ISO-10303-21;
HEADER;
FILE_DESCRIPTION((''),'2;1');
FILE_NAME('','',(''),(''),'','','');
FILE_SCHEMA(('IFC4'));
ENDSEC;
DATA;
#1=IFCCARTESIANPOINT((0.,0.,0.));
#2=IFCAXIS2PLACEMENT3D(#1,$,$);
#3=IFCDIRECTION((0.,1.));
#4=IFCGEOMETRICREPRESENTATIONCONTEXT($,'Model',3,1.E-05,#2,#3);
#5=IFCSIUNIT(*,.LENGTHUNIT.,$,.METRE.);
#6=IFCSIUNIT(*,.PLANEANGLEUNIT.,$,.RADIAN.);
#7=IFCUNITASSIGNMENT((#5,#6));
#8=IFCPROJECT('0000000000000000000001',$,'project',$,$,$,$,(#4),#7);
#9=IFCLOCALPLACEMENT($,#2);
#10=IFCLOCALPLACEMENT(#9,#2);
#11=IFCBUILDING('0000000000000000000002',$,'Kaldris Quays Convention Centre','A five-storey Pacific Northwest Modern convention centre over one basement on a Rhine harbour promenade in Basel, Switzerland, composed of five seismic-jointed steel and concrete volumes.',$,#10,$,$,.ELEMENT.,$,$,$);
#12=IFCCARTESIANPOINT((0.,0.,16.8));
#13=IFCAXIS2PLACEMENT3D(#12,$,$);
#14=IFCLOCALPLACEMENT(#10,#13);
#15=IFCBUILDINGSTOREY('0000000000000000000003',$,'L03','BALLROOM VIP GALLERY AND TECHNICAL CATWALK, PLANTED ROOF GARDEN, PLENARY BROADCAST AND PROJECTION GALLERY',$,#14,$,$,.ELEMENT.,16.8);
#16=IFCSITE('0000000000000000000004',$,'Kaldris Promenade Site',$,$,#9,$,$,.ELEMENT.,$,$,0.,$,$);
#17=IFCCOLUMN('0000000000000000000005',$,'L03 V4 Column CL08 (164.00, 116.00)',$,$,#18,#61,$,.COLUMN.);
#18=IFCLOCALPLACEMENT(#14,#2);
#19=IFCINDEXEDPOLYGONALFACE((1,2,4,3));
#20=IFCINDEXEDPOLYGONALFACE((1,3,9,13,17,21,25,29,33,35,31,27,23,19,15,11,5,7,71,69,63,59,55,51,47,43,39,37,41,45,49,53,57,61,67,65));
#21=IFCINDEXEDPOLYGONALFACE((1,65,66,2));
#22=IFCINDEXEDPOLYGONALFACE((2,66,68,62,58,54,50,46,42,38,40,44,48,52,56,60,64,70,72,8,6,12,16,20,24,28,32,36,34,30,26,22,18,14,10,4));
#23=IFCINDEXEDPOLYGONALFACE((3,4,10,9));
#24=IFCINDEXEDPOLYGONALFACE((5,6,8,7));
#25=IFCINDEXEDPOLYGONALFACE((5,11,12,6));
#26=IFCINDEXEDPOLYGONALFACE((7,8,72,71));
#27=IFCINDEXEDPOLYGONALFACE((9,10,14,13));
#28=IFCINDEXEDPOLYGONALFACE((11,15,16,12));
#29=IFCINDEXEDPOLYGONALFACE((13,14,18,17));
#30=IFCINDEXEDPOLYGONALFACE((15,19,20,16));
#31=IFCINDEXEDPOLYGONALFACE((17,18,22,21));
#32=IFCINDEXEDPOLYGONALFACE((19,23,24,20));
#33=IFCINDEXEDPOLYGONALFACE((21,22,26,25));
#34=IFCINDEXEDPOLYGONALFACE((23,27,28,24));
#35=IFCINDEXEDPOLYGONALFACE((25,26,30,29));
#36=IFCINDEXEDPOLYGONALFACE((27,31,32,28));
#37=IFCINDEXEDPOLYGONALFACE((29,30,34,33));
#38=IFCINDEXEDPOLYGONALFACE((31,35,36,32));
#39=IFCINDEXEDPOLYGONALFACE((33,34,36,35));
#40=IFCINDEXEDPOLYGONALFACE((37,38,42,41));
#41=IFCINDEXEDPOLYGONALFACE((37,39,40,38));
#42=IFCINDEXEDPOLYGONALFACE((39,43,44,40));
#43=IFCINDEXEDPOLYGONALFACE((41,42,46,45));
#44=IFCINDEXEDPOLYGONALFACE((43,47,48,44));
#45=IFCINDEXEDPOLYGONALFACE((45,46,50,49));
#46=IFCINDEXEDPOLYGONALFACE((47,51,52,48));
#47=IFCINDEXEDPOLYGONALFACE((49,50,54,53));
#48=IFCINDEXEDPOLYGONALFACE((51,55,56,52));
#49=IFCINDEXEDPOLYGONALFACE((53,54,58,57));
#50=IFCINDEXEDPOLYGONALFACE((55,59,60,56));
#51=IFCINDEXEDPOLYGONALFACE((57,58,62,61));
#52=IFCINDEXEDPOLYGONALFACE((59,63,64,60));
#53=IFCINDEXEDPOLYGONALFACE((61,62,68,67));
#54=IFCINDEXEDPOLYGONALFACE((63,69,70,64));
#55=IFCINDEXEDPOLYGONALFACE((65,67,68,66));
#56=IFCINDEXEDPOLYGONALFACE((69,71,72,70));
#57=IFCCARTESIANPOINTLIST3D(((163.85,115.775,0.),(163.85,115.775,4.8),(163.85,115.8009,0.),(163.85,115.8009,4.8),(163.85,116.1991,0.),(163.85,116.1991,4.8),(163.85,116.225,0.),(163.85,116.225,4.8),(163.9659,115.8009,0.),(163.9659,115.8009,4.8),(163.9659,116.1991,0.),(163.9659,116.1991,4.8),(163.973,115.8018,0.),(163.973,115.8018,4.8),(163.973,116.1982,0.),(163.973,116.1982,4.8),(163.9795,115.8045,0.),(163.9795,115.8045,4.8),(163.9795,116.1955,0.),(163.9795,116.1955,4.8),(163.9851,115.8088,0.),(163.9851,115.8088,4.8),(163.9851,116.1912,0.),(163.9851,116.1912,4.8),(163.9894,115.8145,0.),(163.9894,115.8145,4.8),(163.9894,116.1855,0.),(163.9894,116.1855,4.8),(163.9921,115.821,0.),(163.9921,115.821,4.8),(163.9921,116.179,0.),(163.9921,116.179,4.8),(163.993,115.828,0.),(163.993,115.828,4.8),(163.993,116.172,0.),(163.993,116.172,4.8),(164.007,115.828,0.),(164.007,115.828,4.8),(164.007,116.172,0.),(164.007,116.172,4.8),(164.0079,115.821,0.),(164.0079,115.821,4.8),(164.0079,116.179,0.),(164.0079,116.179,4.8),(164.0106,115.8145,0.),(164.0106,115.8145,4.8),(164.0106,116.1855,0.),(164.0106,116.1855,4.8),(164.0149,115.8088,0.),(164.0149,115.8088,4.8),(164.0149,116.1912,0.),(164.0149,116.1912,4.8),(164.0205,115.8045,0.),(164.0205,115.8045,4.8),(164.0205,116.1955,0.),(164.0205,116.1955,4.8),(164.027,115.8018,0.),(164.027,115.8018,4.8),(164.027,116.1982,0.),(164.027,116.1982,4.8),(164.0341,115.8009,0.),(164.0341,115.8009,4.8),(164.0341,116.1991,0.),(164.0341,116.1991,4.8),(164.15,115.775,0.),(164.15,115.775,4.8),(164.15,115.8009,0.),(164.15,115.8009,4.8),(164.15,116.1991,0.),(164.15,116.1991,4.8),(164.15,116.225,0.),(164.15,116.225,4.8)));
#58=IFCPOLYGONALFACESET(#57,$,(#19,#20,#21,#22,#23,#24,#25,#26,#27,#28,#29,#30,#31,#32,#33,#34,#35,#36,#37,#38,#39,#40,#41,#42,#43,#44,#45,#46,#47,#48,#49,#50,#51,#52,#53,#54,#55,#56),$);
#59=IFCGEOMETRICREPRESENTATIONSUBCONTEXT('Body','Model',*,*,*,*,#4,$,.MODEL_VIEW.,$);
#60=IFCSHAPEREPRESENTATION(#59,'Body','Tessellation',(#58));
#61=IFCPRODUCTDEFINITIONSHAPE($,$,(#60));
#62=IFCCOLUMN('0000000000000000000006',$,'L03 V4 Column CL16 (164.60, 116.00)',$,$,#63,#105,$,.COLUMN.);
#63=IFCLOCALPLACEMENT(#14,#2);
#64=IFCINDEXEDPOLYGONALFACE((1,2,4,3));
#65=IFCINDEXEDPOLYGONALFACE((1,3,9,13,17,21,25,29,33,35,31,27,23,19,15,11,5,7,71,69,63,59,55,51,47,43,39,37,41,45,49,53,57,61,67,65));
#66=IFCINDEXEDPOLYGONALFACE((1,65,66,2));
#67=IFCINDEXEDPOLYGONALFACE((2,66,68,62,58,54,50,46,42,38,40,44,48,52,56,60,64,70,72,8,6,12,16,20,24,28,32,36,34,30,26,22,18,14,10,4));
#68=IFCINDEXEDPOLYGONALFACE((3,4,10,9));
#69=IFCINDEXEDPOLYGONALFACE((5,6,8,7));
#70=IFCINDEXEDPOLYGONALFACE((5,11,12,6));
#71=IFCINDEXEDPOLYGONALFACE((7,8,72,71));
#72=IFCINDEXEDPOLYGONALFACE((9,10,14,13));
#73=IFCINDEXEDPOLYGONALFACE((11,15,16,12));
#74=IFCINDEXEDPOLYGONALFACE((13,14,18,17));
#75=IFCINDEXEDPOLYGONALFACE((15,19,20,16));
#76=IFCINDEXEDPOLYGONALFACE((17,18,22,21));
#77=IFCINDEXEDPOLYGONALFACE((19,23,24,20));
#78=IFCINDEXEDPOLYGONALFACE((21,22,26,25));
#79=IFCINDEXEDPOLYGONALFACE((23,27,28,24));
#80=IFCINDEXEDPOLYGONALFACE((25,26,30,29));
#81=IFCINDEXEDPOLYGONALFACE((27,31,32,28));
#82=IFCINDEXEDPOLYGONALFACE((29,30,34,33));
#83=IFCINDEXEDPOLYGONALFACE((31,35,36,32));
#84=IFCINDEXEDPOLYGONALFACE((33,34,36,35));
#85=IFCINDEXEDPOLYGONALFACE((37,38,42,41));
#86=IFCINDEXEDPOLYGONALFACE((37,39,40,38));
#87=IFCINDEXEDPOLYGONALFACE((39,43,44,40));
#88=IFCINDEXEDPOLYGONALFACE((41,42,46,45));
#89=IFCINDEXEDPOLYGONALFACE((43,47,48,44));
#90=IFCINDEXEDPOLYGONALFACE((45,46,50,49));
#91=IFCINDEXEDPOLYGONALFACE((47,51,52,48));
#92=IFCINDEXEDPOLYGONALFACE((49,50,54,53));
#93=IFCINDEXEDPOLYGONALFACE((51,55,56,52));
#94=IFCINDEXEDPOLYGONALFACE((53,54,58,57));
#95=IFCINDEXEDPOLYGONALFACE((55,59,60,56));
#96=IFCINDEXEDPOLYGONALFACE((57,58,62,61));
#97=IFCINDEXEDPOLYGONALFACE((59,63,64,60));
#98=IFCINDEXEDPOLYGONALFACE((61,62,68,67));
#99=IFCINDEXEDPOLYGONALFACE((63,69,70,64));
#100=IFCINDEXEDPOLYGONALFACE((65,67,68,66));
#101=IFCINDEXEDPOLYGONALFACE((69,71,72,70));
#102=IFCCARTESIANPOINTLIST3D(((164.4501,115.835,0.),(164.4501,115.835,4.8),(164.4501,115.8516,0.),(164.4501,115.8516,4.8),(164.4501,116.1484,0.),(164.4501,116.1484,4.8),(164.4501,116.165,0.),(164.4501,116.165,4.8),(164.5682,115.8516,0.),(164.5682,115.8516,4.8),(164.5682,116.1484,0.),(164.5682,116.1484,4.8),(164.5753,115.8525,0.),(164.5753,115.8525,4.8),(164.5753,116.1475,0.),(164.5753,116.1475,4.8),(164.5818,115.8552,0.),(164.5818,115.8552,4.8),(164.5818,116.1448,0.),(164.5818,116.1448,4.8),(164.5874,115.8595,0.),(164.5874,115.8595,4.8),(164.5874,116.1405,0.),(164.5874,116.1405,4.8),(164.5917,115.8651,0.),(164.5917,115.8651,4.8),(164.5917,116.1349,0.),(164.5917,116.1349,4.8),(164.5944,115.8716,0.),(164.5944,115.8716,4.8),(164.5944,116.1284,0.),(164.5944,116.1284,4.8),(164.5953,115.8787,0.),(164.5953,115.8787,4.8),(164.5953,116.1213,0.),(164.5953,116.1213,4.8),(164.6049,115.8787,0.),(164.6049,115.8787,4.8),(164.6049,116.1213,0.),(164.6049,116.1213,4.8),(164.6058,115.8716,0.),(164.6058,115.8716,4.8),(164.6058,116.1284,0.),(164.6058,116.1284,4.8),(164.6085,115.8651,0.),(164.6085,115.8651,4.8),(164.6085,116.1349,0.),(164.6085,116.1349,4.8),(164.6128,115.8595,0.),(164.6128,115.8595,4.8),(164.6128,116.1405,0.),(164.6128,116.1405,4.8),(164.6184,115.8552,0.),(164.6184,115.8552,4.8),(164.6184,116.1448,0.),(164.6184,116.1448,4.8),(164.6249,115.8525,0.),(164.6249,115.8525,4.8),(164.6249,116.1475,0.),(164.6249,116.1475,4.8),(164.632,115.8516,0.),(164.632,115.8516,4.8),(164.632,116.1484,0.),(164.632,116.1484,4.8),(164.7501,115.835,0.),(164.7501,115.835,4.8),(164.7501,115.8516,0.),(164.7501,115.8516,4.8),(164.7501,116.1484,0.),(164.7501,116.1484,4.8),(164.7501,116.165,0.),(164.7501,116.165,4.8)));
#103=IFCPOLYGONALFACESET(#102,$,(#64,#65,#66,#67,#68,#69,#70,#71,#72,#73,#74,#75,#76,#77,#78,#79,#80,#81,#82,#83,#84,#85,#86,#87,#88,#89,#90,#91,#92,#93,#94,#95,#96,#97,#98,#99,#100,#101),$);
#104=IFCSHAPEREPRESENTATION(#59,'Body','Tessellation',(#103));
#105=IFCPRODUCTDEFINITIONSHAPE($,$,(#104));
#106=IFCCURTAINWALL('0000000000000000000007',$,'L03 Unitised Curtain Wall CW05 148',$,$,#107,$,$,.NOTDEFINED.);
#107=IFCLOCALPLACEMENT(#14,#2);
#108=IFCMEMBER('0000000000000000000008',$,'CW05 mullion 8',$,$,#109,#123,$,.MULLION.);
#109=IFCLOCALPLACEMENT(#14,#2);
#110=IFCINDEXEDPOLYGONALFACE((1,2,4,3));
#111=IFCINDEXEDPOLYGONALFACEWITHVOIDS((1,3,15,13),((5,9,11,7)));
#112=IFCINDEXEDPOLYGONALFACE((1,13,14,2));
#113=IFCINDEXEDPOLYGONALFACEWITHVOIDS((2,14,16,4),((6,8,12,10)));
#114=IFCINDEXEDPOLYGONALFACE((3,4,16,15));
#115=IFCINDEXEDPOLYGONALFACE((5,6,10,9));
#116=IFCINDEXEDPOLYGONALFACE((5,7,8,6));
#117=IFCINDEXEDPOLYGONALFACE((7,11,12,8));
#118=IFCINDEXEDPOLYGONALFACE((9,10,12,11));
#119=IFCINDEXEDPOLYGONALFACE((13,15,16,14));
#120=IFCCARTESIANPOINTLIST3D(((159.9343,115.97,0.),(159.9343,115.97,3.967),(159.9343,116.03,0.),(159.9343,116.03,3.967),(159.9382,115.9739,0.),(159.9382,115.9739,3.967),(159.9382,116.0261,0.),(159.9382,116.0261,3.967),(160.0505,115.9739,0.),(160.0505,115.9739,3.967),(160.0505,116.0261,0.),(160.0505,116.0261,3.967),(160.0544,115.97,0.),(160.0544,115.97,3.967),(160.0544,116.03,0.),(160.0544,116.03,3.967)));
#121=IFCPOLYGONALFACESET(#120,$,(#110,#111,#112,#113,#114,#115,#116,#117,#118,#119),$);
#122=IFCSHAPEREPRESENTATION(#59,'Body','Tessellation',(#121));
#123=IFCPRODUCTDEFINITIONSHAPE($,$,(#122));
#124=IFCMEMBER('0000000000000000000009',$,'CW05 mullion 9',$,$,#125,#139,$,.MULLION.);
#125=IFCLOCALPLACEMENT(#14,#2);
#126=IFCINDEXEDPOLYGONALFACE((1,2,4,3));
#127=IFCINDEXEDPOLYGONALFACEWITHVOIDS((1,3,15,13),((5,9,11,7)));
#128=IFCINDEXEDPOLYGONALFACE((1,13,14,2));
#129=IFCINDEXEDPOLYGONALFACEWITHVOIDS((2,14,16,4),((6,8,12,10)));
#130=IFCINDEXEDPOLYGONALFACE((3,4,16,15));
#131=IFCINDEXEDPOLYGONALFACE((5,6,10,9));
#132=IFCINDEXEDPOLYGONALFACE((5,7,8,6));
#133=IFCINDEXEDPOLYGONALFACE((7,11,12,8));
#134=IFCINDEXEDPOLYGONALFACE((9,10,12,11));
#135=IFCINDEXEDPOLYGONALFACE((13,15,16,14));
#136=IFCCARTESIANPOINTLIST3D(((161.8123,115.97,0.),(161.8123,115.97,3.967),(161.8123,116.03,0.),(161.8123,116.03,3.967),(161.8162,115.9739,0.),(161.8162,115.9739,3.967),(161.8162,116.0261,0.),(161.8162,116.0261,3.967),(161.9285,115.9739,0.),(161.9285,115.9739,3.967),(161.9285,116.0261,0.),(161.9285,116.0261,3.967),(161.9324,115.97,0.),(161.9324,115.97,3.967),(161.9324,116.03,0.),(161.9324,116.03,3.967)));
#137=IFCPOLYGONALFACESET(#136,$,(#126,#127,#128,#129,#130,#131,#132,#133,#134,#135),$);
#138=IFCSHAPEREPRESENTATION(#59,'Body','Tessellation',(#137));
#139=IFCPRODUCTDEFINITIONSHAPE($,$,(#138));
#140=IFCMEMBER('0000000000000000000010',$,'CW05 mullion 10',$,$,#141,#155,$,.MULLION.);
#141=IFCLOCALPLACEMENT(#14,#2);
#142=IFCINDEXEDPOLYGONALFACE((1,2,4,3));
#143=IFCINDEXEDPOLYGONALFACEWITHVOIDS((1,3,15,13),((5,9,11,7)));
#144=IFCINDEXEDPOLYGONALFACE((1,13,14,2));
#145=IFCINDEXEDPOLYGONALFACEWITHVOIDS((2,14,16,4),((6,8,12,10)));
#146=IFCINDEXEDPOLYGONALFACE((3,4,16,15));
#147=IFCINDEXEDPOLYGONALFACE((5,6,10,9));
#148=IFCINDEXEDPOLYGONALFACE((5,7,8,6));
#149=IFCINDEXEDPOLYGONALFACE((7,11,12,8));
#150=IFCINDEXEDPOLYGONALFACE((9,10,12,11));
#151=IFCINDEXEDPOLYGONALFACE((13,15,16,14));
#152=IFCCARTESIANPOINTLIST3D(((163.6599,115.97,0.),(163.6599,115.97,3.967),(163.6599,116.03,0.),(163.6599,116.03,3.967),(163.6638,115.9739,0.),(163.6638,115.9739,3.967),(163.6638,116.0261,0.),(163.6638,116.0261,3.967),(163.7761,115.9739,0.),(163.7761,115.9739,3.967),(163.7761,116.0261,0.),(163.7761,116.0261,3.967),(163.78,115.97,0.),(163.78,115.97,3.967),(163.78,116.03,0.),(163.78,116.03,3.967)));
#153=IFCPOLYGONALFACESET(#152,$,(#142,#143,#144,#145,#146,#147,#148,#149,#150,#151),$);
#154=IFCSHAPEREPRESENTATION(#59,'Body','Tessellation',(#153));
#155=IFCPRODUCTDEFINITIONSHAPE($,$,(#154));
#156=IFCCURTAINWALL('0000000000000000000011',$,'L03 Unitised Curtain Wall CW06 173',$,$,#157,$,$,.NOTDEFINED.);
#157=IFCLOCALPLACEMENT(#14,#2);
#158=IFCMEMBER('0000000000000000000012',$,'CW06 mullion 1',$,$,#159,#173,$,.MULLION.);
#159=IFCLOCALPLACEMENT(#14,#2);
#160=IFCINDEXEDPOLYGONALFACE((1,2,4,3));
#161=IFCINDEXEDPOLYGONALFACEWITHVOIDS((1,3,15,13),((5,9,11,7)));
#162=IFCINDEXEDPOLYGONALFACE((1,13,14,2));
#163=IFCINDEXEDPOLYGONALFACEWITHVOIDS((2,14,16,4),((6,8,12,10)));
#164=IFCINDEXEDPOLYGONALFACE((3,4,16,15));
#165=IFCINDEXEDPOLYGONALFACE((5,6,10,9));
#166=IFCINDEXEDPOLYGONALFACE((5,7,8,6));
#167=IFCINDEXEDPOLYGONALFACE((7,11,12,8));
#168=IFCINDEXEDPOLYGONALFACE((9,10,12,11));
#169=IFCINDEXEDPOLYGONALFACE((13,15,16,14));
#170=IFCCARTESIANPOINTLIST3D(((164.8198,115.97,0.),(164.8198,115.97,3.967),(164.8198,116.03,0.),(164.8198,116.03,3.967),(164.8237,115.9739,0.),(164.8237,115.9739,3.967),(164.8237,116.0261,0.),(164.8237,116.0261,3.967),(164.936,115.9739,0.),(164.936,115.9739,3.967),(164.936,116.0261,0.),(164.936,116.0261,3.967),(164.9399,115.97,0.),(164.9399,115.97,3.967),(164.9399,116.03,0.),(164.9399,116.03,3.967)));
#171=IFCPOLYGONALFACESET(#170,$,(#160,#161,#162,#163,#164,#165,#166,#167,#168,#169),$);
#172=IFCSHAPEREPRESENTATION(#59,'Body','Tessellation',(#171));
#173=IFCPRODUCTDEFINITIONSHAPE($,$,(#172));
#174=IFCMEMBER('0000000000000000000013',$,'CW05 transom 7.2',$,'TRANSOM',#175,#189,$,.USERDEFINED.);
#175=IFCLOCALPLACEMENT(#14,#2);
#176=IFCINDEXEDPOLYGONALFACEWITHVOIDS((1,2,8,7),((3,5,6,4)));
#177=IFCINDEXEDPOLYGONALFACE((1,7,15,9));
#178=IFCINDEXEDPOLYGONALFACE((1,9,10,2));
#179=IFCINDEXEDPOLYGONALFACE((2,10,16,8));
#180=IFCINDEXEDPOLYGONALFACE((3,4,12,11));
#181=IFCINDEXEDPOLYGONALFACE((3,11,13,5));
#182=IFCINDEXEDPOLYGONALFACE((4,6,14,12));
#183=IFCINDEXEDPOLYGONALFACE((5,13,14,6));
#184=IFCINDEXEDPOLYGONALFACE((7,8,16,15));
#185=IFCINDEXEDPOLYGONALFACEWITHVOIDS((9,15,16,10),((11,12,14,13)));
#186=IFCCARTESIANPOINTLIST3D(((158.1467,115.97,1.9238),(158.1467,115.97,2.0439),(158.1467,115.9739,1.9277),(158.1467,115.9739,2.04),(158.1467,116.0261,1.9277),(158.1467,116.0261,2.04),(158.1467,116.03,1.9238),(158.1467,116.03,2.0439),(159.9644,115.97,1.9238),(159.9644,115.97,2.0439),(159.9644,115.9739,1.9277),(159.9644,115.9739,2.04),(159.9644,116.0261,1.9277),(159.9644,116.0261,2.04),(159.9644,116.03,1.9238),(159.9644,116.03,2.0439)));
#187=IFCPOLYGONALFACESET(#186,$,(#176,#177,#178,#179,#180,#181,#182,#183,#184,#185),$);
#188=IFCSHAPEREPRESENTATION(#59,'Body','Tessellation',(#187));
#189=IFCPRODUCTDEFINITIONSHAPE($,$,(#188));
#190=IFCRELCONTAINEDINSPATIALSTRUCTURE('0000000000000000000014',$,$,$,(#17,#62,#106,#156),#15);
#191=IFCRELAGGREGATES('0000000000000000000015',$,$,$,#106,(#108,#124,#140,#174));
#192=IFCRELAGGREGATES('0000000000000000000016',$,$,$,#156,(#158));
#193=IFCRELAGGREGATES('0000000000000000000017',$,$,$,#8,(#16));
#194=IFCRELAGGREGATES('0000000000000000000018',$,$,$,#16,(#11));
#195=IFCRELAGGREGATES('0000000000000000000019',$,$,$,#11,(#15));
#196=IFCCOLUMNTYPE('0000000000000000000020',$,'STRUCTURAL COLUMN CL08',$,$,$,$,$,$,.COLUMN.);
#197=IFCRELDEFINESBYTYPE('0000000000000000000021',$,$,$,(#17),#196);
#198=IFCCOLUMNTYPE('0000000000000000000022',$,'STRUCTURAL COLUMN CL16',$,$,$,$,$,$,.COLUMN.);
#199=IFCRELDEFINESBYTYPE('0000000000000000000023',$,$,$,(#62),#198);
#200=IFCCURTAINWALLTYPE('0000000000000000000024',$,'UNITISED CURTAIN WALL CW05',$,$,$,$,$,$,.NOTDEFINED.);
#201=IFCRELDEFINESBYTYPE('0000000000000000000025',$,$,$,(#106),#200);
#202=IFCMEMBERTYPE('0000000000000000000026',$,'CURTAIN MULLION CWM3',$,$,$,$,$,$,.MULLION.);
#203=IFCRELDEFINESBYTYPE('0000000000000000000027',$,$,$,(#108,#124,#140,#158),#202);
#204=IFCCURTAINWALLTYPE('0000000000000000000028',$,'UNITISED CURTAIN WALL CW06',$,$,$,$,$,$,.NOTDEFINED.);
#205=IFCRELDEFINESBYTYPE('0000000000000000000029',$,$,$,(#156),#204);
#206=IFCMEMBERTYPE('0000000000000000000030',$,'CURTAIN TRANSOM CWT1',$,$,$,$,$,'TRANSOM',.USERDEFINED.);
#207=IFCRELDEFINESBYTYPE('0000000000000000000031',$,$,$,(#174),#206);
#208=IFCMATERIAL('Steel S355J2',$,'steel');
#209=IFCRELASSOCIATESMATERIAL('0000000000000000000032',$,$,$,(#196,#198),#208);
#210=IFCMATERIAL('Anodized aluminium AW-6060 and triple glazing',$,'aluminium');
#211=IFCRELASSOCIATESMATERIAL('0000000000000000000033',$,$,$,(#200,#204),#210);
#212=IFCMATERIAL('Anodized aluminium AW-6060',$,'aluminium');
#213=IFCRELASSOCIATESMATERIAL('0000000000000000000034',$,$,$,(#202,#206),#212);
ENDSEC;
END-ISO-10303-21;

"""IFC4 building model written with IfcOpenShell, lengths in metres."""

from ifc_helpers import new_model, si_unit, direction, frame, origin, origin_2d, place, context, subcontext, project, spatial, hollow_rectangle, i_section, extrude, material, material_profile, profile_set, type_object, element, aggregate, save


model = new_model("IFC4")

# Units and contexts
model_context = context("Model", 3, precision=1e-05, world=origin(), true_north=direction((0.0, 1.0)))
body_context = subcontext(model_context, "Body", "Model", "MODEL_VIEW")
ifc_project = project(units=[si_unit("LENGTHUNIT", "METRE"), si_unit("PLANEANGLEUNIT", "RADIAN")], contexts=[model_context])

# Site, building, storey
site_placement = place(None, origin())
site = spatial("IfcSite", under=ifc_project, at=site_placement, Name="Kaldris Promenade Site", CompositionType="ELEMENT", RefElevation=0.0)
building_placement = place(site_placement, origin())
building = spatial("IfcBuilding", under=site, at=building_placement, Name="Kaldris Quays Convention Centre", Description="A five-storey Pacific Northwest Modern convention centre over one basement on a Rhine harbour promenade in Basel, Switzerland, composed of five seismic-jointed steel and concrete volumes.", CompositionType="ELEMENT")
storey_placement = place(building_placement, frame((0.0, 0.0, 16.8)))
storey = spatial("IfcBuildingStorey", under=building, at=storey_placement, Name="L03", Description="BALLROOM VIP GALLERY AND TECHNICAL CATWALK, PLANTED ROOF GARDEN, PLENARY BROADCAST AND PROJECTION GALLERY", CompositionType="ELEMENT", Elevation=16.8)

# Columns
ifc_material_1 = material(Name="Steel S355J2", Category="steel")
ifc_material_profile_1 = material_profile(ifc_material_1, i_section(OverallWidth=0.3, OverallDepth=0.45, WebThickness=0.0139, FlangeThickness=0.0259, FilletRadius=0.0271, at=origin_2d()), Name="HEB 450")
ifc_profile_set_1 = profile_set([ifc_material_profile_1], Name="Steel S355J2")
column_type_1 = type_object("IfcColumnType", Name="STRUCTURAL COLUMN CL08", PredefinedType="COLUMN", material=ifc_profile_set_1)
column_1_placement = place(storey_placement, frame((164.0, 116.0, 0.0), z_axis=(0.0, 0.0, 1.0), x_axis=(1.0, 0.0, 0.0)))
element("IfcColumn", 1, at=column_1_placement, inside=storey, type_object=column_type_1, Name="L03 V4 Column CL08 (164.00, 116.00)", PredefinedType="COLUMN", context=body_context, shape_type="SweptSolid", body=[
    extrude(i_section(OverallWidth=0.3, OverallDepth=0.45, WebThickness=0.0139, FlangeThickness=0.0259, FilletRadius=0.0271, at=origin_2d()), origin(), (0.0, 0.0, 1.0), 4.8),
])
ifc_material_profile_2 = material_profile(ifc_material_1, i_section(OverallWidth=0.3, OverallDepth=0.3301, WebThickness=0.0095, FlangeThickness=0.0166, FilletRadius=0.0271, at=origin_2d()), Name="HEA 340")
ifc_profile_set_2 = profile_set([ifc_material_profile_2], Name="Steel S355J2")
column_type_2 = type_object("IfcColumnType", Name="STRUCTURAL COLUMN CL16", PredefinedType="COLUMN", material=ifc_profile_set_2)
column_2_placement = place(storey_placement, frame((164.6001, 116.0, 0.0), z_axis=(0.0, 0.0, 1.0), x_axis=(1.0, 0.0, 0.0)))
element("IfcColumn", 2, at=column_2_placement, inside=storey, type_object=column_type_2, Name="L03 V4 Column CL16 (164.60, 116.00)", PredefinedType="COLUMN", context=body_context, shape_type="SweptSolid", body=[
    extrude(i_section(OverallWidth=0.3, OverallDepth=0.3301, WebThickness=0.0095, FlangeThickness=0.0166, FilletRadius=0.0271, at=origin_2d()), origin(), (0.0, 0.0, 1.0), 4.8),
])

# Curtain wall, members
ifc_material_2 = material(Name="Anodized aluminium AW-6060 and triple glazing", Category="aluminium")
curtain_wall_type_1 = type_object("IfcCurtainWallType", Name="UNITISED CURTAIN WALL CW05", PredefinedType="NOTDEFINED", material=ifc_material_2)
curtain_wall_1_placement = place(storey_placement, origin())
curtain_wall_1 = element("IfcCurtainWall", 3, at=curtain_wall_1_placement, inside=storey, type_object=curtain_wall_type_1, Name="L03 Unitised Curtain Wall CW05 148", PredefinedType="NOTDEFINED")
ifc_material_3 = material(Name="Anodized aluminium AW-6060", Category="aluminium")
ifc_material_profile_3 = material_profile(ifc_material_3, hollow_rectangle(XDim=0.0601, YDim=0.1201, WallThickness=0.0039, at=origin_2d()), Name="RHS 120x60x4")
ifc_profile_set_3 = profile_set([ifc_material_profile_3], Name="Anodized aluminium AW-6060")
member_type_1 = type_object("IfcMemberType", Name="CURTAIN MULLION CWM3", PredefinedType="MULLION", material=ifc_profile_set_3)
member_1_placement = place(storey_placement, frame((159.9944, 116.0, 0.0), z_axis=(0.0, 0.0, 1.0), x_axis=(0.0, 1.0, 0.0)))
member_1 = element("IfcMember", 4, at=member_1_placement, type_object=member_type_1, Name="CW05 mullion 8", PredefinedType="MULLION", context=body_context, shape_type="SweptSolid", body=[
    extrude(hollow_rectangle(XDim=0.0601, YDim=0.1201, WallThickness=0.0039, at=origin_2d()), origin(), (0.0, 0.0, 1.0), 3.967),
])
member_2_placement = place(storey_placement, frame((161.8723, 116.0, 0.0), z_axis=(0.0, 0.0, 1.0), x_axis=(0.0, 1.0, 0.0)))
member_2 = element("IfcMember", 5, at=member_2_placement, type_object=member_type_1, Name="CW05 mullion 9", PredefinedType="MULLION", context=body_context, shape_type="SweptSolid", body=[
    extrude(hollow_rectangle(XDim=0.0601, YDim=0.1201, WallThickness=0.0039, at=origin_2d()), origin(), (0.0, 0.0, 1.0), 3.967),
])
member_3_placement = place(storey_placement, frame((163.72, 116.0, 0.0), z_axis=(0.0, 0.0, 1.0), x_axis=(0.0, 1.0, 0.0)))
member_3 = element("IfcMember", 6, at=member_3_placement, type_object=member_type_1, Name="CW05 mullion 10", PredefinedType="MULLION", context=body_context, shape_type="SweptSolid", body=[
    extrude(hollow_rectangle(XDim=0.0601, YDim=0.1201, WallThickness=0.0039, at=origin_2d()), origin(), (0.0, 0.0, 1.0), 3.967),
])

# Curtain wall, member
curtain_wall_type_2 = type_object("IfcCurtainWallType", Name="UNITISED CURTAIN WALL CW06", PredefinedType="NOTDEFINED", material=ifc_material_2)
curtain_wall_2_placement = place(storey_placement, origin())
curtain_wall_2 = element("IfcCurtainWall", 7, at=curtain_wall_2_placement, inside=storey, type_object=curtain_wall_type_2, Name="L03 Unitised Curtain Wall CW06 173", PredefinedType="NOTDEFINED")
member_4_placement = place(storey_placement, frame((164.8799, 116.0, 0.0), z_axis=(0.0, 0.0, 1.0), x_axis=(0.0, 1.0, 0.0)))
member_4 = element("IfcMember", 8, at=member_4_placement, type_object=member_type_1, Name="CW06 mullion 1", PredefinedType="MULLION", context=body_context, shape_type="SweptSolid", body=[
    extrude(hollow_rectangle(XDim=0.0601, YDim=0.1201, WallThickness=0.0039, at=origin_2d()), origin(), (0.0, 0.0, 1.0), 3.967),
])

# Member
ifc_material_profile_4 = material_profile(ifc_material_3, hollow_rectangle(XDim=0.0601, YDim=0.1201, WallThickness=0.0039, at=origin_2d()), Name="RHS 120x60x4")
ifc_profile_set_4 = profile_set([ifc_material_profile_4], Name="Anodized aluminium AW-6060")
member_type_2 = type_object("IfcMemberType", Name="CURTAIN TRANSOM CWT1", ElementType="TRANSOM", PredefinedType="USERDEFINED", material=ifc_profile_set_4)
member_5_placement = place(storey_placement, frame((158.1467, 116.0, 1.9839), z_axis=(1.0, 0.0, 0.0), x_axis=(0.0, 1.0, 0.0)))
member_5 = element("IfcMember", 9, at=member_5_placement, type_object=member_type_2, Name="CW05 transom 7.2", ObjectType="TRANSOM", PredefinedType="USERDEFINED", context=body_context, shape_type="SweptSolid", body=[
    extrude(hollow_rectangle(XDim=0.0601, YDim=0.1201, WallThickness=0.0039, at=origin_2d()), origin(), (0.0, 0.0, 1.0), 1.8176),
])

aggregate(curtain_wall_1, [member_1, member_2, member_3, member_5])
aggregate(curtain_wall_2, [member_4])

save(model, "model.ifc")
